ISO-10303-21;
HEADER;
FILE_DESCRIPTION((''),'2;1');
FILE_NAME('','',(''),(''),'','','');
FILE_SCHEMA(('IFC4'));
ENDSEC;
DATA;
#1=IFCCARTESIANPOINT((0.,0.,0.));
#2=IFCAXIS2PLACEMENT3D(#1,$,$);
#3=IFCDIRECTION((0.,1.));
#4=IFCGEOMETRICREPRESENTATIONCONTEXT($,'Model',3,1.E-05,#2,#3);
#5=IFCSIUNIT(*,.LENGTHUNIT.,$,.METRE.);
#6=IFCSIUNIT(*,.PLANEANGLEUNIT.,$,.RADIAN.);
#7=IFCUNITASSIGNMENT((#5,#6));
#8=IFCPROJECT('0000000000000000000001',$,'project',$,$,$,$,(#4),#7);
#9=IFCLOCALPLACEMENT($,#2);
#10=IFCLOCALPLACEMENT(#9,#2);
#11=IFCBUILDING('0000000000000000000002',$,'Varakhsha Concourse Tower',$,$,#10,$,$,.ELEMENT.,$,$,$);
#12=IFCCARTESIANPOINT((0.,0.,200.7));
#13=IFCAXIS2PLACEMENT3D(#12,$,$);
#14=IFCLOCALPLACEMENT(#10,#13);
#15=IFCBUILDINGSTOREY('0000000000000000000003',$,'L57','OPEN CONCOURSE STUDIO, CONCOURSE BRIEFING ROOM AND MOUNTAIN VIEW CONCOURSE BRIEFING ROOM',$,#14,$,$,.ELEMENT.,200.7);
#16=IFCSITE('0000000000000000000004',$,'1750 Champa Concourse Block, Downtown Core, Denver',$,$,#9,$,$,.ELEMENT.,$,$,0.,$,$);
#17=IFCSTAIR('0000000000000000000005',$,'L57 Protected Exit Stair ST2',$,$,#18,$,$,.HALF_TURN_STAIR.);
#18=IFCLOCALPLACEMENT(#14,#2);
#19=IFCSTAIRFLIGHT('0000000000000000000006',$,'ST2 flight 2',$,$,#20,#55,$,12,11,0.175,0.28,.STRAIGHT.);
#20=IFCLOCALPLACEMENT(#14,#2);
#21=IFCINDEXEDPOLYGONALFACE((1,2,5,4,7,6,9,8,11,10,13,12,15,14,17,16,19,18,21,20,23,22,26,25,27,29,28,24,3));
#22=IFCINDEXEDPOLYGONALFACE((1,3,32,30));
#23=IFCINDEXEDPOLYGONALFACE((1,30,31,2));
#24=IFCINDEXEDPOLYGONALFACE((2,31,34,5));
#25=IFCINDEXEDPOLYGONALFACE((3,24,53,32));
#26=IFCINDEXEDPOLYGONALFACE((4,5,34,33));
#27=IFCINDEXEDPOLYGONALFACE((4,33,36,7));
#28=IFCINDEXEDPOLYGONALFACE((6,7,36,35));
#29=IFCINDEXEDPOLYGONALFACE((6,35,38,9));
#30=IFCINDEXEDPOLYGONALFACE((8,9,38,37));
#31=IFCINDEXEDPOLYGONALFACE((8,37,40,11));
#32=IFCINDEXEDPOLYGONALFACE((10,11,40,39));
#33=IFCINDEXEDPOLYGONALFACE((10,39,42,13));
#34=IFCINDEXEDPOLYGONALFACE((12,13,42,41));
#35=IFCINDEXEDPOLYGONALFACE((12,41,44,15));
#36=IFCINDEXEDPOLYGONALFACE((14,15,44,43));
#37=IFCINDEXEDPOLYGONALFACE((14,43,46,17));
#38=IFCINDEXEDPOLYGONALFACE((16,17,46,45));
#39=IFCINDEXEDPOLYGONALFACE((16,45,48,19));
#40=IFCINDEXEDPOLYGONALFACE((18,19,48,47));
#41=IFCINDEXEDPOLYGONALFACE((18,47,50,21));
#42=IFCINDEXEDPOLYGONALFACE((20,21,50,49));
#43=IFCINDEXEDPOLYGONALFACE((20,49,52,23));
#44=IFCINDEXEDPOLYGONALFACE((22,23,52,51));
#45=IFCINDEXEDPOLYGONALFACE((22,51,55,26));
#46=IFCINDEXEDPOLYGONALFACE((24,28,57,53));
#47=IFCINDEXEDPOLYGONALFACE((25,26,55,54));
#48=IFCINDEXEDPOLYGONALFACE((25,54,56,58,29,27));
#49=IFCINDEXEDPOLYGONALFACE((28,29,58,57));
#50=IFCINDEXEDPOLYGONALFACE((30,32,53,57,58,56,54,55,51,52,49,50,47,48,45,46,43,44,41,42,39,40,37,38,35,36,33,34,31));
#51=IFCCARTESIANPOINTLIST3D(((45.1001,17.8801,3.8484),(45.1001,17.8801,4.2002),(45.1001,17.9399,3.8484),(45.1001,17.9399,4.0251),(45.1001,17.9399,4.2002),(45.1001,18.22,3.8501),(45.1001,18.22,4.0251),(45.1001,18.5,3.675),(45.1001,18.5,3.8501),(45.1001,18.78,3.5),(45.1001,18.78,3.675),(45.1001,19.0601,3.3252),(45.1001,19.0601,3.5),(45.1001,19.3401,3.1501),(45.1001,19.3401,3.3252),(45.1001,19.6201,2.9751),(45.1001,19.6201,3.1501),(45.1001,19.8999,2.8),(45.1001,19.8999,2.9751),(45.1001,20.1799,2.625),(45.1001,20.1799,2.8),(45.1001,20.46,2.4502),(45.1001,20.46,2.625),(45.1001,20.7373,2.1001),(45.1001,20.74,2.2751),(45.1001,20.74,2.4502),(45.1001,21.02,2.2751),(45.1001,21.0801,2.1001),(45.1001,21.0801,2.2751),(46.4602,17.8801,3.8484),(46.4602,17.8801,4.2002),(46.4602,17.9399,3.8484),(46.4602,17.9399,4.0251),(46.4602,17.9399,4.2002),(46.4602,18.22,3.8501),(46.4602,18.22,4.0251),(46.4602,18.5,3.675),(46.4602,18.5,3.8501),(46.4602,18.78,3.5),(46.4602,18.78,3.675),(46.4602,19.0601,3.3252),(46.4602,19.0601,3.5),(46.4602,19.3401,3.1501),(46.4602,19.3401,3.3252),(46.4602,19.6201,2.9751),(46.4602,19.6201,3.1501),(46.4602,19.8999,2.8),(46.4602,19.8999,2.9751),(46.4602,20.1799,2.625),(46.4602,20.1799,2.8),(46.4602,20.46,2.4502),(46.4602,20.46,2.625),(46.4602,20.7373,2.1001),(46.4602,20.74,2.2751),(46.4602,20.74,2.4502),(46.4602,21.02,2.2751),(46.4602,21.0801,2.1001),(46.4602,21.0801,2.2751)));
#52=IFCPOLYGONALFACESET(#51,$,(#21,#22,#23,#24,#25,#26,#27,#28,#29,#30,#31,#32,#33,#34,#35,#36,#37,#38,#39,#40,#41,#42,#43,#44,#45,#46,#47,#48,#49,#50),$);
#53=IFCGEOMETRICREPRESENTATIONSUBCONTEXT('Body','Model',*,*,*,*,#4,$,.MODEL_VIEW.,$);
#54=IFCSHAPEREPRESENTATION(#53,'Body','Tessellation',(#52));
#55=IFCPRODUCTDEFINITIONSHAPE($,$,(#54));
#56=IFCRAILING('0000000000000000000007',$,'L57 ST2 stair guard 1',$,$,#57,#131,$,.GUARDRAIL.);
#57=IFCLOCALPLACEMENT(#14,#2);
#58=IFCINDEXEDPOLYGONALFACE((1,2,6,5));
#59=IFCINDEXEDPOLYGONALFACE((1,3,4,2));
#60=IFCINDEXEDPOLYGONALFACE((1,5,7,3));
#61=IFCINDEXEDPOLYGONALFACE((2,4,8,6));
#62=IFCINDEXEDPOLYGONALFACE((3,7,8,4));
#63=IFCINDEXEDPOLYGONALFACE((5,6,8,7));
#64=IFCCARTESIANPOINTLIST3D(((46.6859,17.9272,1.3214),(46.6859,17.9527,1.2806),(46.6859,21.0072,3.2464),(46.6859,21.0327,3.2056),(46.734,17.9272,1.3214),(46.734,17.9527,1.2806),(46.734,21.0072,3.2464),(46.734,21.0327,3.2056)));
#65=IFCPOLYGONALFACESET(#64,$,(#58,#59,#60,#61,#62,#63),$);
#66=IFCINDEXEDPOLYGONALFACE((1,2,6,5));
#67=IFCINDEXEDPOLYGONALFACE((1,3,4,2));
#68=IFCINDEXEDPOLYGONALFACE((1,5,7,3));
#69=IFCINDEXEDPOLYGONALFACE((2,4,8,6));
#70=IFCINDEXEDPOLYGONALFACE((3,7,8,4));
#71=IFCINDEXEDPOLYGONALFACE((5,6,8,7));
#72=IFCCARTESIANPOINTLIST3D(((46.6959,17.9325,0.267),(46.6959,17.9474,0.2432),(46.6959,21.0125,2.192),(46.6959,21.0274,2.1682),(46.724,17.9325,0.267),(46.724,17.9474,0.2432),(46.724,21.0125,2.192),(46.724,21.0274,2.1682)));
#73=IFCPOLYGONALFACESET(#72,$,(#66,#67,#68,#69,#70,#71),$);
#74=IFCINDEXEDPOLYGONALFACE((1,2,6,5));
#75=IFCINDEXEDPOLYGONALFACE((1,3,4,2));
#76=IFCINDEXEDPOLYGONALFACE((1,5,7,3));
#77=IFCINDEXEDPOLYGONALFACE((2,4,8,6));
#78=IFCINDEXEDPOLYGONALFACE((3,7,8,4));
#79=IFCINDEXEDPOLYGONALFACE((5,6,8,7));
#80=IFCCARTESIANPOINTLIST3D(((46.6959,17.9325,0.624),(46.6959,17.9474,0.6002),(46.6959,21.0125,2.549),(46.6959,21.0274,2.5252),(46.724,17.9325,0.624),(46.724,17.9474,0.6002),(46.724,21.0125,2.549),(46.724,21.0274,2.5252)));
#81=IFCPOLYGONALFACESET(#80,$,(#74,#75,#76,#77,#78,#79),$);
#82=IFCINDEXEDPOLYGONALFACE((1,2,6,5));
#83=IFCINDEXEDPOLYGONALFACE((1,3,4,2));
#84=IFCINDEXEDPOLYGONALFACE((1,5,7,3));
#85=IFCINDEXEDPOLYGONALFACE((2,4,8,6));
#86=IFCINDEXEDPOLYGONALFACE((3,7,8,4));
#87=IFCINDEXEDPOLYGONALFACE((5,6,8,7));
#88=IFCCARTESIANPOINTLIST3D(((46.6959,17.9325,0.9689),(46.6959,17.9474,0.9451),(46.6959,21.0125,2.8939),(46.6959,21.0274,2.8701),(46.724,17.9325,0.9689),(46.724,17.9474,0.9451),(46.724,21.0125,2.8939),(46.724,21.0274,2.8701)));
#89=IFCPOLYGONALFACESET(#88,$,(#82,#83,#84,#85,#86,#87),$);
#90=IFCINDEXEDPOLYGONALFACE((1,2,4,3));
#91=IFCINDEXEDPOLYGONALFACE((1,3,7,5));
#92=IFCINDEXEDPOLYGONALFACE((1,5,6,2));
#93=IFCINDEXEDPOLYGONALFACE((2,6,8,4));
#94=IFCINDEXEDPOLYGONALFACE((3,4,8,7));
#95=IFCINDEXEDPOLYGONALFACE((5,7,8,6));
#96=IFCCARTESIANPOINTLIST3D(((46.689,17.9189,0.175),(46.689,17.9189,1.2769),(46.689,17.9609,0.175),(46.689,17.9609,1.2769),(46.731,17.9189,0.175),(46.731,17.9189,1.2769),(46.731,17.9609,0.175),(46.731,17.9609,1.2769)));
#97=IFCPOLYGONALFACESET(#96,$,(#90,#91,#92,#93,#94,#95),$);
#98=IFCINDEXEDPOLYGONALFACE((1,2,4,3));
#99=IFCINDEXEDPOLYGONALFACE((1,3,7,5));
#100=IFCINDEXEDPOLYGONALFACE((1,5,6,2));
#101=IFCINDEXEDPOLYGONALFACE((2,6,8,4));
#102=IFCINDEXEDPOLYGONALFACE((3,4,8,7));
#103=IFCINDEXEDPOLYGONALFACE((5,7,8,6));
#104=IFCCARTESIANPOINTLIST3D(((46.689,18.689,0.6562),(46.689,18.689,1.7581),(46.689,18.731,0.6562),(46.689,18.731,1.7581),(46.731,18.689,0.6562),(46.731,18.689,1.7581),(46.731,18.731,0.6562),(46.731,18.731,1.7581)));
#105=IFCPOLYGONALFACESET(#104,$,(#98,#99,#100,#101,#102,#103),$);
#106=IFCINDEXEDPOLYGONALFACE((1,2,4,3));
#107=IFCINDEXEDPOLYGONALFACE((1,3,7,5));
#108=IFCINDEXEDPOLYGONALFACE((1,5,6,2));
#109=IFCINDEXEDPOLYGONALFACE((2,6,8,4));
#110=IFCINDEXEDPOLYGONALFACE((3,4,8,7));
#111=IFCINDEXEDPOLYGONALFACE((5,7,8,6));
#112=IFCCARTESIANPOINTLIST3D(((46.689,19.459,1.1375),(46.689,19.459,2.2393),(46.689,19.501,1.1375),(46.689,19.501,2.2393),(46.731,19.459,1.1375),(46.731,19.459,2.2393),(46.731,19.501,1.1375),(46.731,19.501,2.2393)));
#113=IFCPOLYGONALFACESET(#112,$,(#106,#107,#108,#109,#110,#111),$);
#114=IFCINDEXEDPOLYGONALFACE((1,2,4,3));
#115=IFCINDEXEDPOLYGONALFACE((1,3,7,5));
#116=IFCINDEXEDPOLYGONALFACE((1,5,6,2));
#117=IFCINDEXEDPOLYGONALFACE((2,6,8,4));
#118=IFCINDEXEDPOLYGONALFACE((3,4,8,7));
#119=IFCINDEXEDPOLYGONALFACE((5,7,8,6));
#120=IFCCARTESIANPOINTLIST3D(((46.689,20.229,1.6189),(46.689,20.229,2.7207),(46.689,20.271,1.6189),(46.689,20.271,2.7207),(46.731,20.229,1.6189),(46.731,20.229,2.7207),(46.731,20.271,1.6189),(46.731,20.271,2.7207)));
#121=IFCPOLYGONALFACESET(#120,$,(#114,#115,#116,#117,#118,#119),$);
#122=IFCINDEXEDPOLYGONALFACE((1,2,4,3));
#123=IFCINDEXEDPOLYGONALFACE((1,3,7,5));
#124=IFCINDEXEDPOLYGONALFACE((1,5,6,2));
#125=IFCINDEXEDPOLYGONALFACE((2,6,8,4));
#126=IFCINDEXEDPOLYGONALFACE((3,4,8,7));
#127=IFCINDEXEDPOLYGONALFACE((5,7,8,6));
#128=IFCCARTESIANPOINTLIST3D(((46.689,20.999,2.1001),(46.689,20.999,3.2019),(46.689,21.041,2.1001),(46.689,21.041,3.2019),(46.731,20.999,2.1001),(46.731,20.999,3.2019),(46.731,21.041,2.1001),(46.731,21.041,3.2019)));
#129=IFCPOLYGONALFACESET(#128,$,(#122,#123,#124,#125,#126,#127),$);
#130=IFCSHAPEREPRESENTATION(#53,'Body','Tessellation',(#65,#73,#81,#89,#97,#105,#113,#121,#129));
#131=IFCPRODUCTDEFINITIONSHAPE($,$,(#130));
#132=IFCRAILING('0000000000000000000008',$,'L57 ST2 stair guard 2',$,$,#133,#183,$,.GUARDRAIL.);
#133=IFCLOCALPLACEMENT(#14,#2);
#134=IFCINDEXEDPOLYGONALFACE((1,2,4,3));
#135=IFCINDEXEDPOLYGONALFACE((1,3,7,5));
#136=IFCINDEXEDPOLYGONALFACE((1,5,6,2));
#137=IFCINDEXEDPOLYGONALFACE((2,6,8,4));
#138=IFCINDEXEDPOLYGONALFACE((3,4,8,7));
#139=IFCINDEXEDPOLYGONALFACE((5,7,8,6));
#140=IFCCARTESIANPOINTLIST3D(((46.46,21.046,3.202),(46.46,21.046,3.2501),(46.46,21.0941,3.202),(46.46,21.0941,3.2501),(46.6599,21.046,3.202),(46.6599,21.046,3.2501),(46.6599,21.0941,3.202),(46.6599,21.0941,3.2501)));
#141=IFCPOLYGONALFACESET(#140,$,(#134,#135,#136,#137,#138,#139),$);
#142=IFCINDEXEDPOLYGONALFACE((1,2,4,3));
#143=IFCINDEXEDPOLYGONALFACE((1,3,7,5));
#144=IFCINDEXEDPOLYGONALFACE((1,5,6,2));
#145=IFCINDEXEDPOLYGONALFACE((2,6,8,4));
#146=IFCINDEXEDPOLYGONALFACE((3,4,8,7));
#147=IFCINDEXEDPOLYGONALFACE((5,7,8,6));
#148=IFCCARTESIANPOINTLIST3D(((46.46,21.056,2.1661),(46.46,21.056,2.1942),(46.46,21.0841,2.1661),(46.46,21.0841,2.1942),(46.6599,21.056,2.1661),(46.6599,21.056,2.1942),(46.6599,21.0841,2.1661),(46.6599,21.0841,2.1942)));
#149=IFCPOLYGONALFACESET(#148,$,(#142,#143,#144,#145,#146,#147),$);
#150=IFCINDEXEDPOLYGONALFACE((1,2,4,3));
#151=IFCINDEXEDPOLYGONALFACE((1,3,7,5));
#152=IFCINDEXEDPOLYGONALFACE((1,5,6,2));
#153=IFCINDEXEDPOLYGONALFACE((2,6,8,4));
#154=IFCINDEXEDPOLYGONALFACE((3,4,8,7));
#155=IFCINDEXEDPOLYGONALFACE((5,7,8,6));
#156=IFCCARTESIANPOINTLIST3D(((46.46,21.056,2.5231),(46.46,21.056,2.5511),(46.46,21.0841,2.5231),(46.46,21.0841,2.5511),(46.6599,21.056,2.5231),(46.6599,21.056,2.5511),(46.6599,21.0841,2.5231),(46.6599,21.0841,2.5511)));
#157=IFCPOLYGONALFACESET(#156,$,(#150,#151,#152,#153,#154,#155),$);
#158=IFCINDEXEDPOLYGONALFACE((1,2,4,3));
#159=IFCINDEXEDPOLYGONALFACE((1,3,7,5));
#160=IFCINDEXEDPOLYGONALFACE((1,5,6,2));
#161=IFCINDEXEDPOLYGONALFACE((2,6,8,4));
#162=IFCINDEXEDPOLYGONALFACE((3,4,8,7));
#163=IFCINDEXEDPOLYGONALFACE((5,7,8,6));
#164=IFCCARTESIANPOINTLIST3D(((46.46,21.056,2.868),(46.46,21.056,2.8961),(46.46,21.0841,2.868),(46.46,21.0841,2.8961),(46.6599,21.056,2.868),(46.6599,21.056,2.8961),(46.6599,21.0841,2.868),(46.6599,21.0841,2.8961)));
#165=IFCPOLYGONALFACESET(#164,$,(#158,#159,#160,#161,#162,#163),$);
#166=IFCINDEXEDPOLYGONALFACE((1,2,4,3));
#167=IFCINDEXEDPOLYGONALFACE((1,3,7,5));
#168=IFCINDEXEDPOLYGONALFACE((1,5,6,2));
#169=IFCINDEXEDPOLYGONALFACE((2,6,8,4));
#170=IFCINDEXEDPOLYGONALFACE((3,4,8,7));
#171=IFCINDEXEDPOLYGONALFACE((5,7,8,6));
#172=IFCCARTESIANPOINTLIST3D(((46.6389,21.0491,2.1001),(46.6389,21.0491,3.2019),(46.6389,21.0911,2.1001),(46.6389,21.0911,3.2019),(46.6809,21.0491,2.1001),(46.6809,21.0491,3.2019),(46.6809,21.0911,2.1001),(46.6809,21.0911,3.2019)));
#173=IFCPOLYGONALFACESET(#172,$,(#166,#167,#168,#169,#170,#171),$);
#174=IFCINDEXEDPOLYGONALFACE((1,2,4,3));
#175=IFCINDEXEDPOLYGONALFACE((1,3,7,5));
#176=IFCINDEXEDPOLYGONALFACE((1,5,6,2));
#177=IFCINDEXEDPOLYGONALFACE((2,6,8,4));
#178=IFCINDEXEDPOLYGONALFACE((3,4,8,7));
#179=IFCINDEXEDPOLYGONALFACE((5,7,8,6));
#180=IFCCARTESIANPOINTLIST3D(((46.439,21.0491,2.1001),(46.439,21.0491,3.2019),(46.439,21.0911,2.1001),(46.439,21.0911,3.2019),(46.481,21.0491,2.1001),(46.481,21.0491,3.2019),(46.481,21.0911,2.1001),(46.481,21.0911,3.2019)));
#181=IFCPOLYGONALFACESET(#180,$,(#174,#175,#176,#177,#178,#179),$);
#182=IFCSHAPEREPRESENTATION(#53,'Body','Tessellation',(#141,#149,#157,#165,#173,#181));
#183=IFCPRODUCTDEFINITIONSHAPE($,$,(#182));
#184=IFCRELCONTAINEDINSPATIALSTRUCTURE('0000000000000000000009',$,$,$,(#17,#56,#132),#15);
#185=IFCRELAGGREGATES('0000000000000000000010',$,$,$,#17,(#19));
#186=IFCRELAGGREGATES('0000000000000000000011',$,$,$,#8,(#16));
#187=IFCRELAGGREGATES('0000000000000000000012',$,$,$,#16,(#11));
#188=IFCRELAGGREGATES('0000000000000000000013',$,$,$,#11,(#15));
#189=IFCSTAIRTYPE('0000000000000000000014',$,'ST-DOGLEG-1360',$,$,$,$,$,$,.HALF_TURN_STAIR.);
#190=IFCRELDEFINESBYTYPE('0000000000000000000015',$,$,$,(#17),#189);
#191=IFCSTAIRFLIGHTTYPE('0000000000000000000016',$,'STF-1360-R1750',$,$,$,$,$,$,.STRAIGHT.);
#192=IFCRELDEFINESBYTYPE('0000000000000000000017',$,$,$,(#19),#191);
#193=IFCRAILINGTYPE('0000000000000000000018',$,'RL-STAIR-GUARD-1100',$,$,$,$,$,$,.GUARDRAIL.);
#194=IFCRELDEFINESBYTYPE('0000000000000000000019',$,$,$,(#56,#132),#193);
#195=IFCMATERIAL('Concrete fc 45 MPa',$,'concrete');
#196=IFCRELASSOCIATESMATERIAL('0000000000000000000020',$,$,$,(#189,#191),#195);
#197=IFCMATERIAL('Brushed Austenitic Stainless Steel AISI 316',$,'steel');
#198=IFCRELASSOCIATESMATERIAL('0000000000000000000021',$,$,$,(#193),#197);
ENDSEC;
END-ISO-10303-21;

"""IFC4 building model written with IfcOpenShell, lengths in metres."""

from ifc_helpers import new_model, si_unit, direction, frame, origin, origin_2d, place, context, subcontext, project, spatial, polyline, rectangle, outline, extrude, material, type_object, element, aggregate, save


model = new_model("IFC4")

# Units and contexts
model_context = context("Model", 3, precision=1e-05, world=origin(), true_north=direction((0.0, 1.0)))
body_context = subcontext(model_context, "Body", "Model", "MODEL_VIEW")
ifc_project = project(units=[si_unit("LENGTHUNIT", "METRE"), si_unit("PLANEANGLEUNIT", "RADIAN")], contexts=[model_context])

# Site, building, storey
site_placement = place(None, origin())
site = spatial("IfcSite", under=ifc_project, at=site_placement, Name="1750 Champa Concourse Block, Downtown Core, Denver", CompositionType="ELEMENT", RefElevation=0.0)
building_placement = place(site_placement, origin())
building = spatial("IfcBuilding", under=site, at=building_placement, Name="Varakhsha Concourse Tower", CompositionType="ELEMENT")
storey_placement = place(building_placement, frame((0.0, 0.0, 200.7)))
storey = spatial("IfcBuildingStorey", under=building, at=storey_placement, Name="L57", Description="OPEN CONCOURSE STUDIO, CONCOURSE BRIEFING ROOM AND MOUNTAIN VIEW CONCOURSE BRIEFING ROOM", CompositionType="ELEMENT", Elevation=200.7)

# Shared definitions
ifc_material_1 = material(Name="Concrete fc 45 MPa", Category="concrete")

# Stair, stair flight
stair_type = type_object("IfcStairType", Name="ST-DOGLEG-1360", PredefinedType="HALF_TURN_STAIR", material=ifc_material_1)
stair_placement = place(storey_placement, origin())
stair = element("IfcStair", 1, at=stair_placement, inside=storey, type_object=stair_type, Name="L57 Protected Exit Stair ST2", PredefinedType="HALF_TURN_STAIR")
stair_flight_type = type_object("IfcStairFlightType", Name="STF-1360-R1750", PredefinedType="STRAIGHT", material=ifc_material_1)
stair_flight_1_placement = place(storey_placement, frame((45.78, 21.02, 2.1001), z_axis=(0.0, 0.0, 1.0), x_axis=(0.0, -1.0, 0.0)))
stair_flight_1 = element("IfcStairFlight", 2, at=stair_flight_1_placement, type_object=stair_flight_type, Name="ST2 flight 2", NumberOfRisers=12, NumberOfTreads=11, PredefinedType="STRAIGHT", RiserHeight=0.175, TreadLength=0.28, context=body_context, shape_type="SweptSolid", body=[
    extrude(outline(polyline([(-0.0601, 0.0), (-0.0601, 0.175), (0.0, 0.175), (0.28, 0.175), (0.28, 0.3501), (0.5601, 0.3501), (0.5601, 0.5249), (0.8401, 0.5249), (0.8401, 0.7), (1.1201, 0.7), (1.1201, 0.875), (1.3999, 0.875), (1.3999, 1.05), (1.6799, 1.05), (1.6799, 1.2251), (1.96, 1.2251), (1.96, 1.3999), (2.24, 1.3999), (2.24, 1.575), (2.52, 1.575), (2.52, 1.75), (2.8, 1.75), (2.8, 1.925), (3.0801, 1.925), (3.0801, 2.1001), (3.1399, 2.1001), (3.1399, 1.7483), (3.0801, 1.7483), (0.2827, 0.0), (-0.0601, 0.0)])), frame((0.0, 0.6802, 0.0), z_axis=(0.0, -1.0, 0.0), x_axis=(1.0, 0.0, 0.0)), (0.0, 0.0, 1.0), 1.3601),
])
aggregate(stair, [stair_flight_1])

# Railings
ifc_material_2 = material(Name="Brushed Austenitic Stainless Steel AISI 316", Category="steel")
railing_type_1 = type_object("IfcRailingType", Name="RL-STAIR-GUARD-1100", PredefinedType="GUARDRAIL", material=ifc_material_2)
railing_1_placement = place(storey_placement, frame((46.71, 17.9399, 0.175)))
element("IfcRailing", 3, at=railing_1_placement, inside=storey, type_object=railing_type_1, Name="L57 ST2 stair guard 1", PredefinedType="GUARDRAIL", context=body_context, shape_type="SweptSolid", body=[
    extrude(rectangle(XDim=0.0481, YDim=0.0481, at=origin_2d()), frame((0.0, 0.0, 1.126), z_axis=(0.0, 0.847998, 0.529999), x_axis=(-1.0, 0.0, 0.0)), (0.0, 0.0, 1.0), 3.6321),
    extrude(rectangle(XDim=0.0281, YDim=0.0281, at=origin_2d()), frame((0.0, 0.0, 0.0801), z_axis=(0.0, 0.847998, 0.529999), x_axis=(-1.0, 0.0, 0.0)), (0.0, 0.0, 1.0), 3.6321),
    extrude(rectangle(XDim=0.0281, YDim=0.0281, at=origin_2d()), frame((0.0, 0.0, 0.437), z_axis=(0.0, 0.847998, 0.529999), x_axis=(-1.0, 0.0, 0.0)), (0.0, 0.0, 1.0), 3.6321),
    extrude(rectangle(XDim=0.0281, YDim=0.0281, at=origin_2d()), frame((0.0, 0.0, 0.782), z_axis=(0.0, 0.847998, 0.529999), x_axis=(-1.0, 0.0, 0.0)), (0.0, 0.0, 1.0), 3.6321),
    extrude(rectangle(XDim=0.042, YDim=0.042, at=origin_2d()), origin(), (0.0, 0.0, 1.0), 1.1018),
    extrude(rectangle(XDim=0.042, YDim=0.042, at=origin_2d()), frame((0.0, 0.77, 0.4812)), (0.0, 0.0, 1.0), 1.1018),
    extrude(rectangle(XDim=0.042, YDim=0.042, at=origin_2d()), frame((0.0, 1.54, 0.9624)), (0.0, 0.0, 1.0), 1.1018),
    extrude(rectangle(XDim=0.042, YDim=0.042, at=origin_2d()), frame((0.0, 2.3101, 1.4438)), (0.0, 0.0, 1.0), 1.1018),
    extrude(rectangle(XDim=0.042, YDim=0.042, at=origin_2d()), frame((0.0, 3.0801, 1.925)), (0.0, 0.0, 1.0), 1.1018),
])
railing_2_placement = place(storey_placement, frame((46.6599, 21.0701, 2.1001)))
element("IfcRailing", 4, at=railing_2_placement, inside=storey, type_object=railing_type_1, Name="L57 ST2 stair guard 2", PredefinedType="GUARDRAIL", context=body_context, shape_type="SweptSolid", body=[
    extrude(rectangle(XDim=0.0481, YDim=0.0481, at=origin_2d()), frame((0.0, 0.0, 1.126), z_axis=(-1.0, 0.0, 0.0), x_axis=(0.0, -1.0, 0.0)), (0.0, 0.0, 1.0), 0.2),
    extrude(rectangle(XDim=0.0281, YDim=0.0281, at=origin_2d()), frame((0.0, 0.0, 0.0801), z_axis=(-1.0, 0.0, 0.0), x_axis=(0.0, -1.0, 0.0)), (0.0, 0.0, 1.0), 0.2),
    extrude(rectangle(XDim=0.0281, YDim=0.0281, at=origin_2d()), frame((0.0, 0.0, 0.437), z_axis=(-1.0, 0.0, 0.0), x_axis=(0.0, -1.0, 0.0)), (0.0, 0.0, 1.0), 0.2),
    extrude(rectangle(XDim=0.0281, YDim=0.0281, at=origin_2d()), frame((0.0, 0.0, 0.782), z_axis=(-1.0, 0.0, 0.0), x_axis=(0.0, -1.0, 0.0)), (0.0, 0.0, 1.0), 0.2),
    extrude(rectangle(XDim=0.042, YDim=0.042, at=origin_2d()), origin(), (0.0, 0.0, 1.0), 1.1018),
    extrude(rectangle(XDim=0.042, YDim=0.042, at=origin_2d()), frame((-0.2, 0.0, 0.0)), (0.0, 0.0, 1.0), 1.1018),
])

save(model, "model.ifc")
